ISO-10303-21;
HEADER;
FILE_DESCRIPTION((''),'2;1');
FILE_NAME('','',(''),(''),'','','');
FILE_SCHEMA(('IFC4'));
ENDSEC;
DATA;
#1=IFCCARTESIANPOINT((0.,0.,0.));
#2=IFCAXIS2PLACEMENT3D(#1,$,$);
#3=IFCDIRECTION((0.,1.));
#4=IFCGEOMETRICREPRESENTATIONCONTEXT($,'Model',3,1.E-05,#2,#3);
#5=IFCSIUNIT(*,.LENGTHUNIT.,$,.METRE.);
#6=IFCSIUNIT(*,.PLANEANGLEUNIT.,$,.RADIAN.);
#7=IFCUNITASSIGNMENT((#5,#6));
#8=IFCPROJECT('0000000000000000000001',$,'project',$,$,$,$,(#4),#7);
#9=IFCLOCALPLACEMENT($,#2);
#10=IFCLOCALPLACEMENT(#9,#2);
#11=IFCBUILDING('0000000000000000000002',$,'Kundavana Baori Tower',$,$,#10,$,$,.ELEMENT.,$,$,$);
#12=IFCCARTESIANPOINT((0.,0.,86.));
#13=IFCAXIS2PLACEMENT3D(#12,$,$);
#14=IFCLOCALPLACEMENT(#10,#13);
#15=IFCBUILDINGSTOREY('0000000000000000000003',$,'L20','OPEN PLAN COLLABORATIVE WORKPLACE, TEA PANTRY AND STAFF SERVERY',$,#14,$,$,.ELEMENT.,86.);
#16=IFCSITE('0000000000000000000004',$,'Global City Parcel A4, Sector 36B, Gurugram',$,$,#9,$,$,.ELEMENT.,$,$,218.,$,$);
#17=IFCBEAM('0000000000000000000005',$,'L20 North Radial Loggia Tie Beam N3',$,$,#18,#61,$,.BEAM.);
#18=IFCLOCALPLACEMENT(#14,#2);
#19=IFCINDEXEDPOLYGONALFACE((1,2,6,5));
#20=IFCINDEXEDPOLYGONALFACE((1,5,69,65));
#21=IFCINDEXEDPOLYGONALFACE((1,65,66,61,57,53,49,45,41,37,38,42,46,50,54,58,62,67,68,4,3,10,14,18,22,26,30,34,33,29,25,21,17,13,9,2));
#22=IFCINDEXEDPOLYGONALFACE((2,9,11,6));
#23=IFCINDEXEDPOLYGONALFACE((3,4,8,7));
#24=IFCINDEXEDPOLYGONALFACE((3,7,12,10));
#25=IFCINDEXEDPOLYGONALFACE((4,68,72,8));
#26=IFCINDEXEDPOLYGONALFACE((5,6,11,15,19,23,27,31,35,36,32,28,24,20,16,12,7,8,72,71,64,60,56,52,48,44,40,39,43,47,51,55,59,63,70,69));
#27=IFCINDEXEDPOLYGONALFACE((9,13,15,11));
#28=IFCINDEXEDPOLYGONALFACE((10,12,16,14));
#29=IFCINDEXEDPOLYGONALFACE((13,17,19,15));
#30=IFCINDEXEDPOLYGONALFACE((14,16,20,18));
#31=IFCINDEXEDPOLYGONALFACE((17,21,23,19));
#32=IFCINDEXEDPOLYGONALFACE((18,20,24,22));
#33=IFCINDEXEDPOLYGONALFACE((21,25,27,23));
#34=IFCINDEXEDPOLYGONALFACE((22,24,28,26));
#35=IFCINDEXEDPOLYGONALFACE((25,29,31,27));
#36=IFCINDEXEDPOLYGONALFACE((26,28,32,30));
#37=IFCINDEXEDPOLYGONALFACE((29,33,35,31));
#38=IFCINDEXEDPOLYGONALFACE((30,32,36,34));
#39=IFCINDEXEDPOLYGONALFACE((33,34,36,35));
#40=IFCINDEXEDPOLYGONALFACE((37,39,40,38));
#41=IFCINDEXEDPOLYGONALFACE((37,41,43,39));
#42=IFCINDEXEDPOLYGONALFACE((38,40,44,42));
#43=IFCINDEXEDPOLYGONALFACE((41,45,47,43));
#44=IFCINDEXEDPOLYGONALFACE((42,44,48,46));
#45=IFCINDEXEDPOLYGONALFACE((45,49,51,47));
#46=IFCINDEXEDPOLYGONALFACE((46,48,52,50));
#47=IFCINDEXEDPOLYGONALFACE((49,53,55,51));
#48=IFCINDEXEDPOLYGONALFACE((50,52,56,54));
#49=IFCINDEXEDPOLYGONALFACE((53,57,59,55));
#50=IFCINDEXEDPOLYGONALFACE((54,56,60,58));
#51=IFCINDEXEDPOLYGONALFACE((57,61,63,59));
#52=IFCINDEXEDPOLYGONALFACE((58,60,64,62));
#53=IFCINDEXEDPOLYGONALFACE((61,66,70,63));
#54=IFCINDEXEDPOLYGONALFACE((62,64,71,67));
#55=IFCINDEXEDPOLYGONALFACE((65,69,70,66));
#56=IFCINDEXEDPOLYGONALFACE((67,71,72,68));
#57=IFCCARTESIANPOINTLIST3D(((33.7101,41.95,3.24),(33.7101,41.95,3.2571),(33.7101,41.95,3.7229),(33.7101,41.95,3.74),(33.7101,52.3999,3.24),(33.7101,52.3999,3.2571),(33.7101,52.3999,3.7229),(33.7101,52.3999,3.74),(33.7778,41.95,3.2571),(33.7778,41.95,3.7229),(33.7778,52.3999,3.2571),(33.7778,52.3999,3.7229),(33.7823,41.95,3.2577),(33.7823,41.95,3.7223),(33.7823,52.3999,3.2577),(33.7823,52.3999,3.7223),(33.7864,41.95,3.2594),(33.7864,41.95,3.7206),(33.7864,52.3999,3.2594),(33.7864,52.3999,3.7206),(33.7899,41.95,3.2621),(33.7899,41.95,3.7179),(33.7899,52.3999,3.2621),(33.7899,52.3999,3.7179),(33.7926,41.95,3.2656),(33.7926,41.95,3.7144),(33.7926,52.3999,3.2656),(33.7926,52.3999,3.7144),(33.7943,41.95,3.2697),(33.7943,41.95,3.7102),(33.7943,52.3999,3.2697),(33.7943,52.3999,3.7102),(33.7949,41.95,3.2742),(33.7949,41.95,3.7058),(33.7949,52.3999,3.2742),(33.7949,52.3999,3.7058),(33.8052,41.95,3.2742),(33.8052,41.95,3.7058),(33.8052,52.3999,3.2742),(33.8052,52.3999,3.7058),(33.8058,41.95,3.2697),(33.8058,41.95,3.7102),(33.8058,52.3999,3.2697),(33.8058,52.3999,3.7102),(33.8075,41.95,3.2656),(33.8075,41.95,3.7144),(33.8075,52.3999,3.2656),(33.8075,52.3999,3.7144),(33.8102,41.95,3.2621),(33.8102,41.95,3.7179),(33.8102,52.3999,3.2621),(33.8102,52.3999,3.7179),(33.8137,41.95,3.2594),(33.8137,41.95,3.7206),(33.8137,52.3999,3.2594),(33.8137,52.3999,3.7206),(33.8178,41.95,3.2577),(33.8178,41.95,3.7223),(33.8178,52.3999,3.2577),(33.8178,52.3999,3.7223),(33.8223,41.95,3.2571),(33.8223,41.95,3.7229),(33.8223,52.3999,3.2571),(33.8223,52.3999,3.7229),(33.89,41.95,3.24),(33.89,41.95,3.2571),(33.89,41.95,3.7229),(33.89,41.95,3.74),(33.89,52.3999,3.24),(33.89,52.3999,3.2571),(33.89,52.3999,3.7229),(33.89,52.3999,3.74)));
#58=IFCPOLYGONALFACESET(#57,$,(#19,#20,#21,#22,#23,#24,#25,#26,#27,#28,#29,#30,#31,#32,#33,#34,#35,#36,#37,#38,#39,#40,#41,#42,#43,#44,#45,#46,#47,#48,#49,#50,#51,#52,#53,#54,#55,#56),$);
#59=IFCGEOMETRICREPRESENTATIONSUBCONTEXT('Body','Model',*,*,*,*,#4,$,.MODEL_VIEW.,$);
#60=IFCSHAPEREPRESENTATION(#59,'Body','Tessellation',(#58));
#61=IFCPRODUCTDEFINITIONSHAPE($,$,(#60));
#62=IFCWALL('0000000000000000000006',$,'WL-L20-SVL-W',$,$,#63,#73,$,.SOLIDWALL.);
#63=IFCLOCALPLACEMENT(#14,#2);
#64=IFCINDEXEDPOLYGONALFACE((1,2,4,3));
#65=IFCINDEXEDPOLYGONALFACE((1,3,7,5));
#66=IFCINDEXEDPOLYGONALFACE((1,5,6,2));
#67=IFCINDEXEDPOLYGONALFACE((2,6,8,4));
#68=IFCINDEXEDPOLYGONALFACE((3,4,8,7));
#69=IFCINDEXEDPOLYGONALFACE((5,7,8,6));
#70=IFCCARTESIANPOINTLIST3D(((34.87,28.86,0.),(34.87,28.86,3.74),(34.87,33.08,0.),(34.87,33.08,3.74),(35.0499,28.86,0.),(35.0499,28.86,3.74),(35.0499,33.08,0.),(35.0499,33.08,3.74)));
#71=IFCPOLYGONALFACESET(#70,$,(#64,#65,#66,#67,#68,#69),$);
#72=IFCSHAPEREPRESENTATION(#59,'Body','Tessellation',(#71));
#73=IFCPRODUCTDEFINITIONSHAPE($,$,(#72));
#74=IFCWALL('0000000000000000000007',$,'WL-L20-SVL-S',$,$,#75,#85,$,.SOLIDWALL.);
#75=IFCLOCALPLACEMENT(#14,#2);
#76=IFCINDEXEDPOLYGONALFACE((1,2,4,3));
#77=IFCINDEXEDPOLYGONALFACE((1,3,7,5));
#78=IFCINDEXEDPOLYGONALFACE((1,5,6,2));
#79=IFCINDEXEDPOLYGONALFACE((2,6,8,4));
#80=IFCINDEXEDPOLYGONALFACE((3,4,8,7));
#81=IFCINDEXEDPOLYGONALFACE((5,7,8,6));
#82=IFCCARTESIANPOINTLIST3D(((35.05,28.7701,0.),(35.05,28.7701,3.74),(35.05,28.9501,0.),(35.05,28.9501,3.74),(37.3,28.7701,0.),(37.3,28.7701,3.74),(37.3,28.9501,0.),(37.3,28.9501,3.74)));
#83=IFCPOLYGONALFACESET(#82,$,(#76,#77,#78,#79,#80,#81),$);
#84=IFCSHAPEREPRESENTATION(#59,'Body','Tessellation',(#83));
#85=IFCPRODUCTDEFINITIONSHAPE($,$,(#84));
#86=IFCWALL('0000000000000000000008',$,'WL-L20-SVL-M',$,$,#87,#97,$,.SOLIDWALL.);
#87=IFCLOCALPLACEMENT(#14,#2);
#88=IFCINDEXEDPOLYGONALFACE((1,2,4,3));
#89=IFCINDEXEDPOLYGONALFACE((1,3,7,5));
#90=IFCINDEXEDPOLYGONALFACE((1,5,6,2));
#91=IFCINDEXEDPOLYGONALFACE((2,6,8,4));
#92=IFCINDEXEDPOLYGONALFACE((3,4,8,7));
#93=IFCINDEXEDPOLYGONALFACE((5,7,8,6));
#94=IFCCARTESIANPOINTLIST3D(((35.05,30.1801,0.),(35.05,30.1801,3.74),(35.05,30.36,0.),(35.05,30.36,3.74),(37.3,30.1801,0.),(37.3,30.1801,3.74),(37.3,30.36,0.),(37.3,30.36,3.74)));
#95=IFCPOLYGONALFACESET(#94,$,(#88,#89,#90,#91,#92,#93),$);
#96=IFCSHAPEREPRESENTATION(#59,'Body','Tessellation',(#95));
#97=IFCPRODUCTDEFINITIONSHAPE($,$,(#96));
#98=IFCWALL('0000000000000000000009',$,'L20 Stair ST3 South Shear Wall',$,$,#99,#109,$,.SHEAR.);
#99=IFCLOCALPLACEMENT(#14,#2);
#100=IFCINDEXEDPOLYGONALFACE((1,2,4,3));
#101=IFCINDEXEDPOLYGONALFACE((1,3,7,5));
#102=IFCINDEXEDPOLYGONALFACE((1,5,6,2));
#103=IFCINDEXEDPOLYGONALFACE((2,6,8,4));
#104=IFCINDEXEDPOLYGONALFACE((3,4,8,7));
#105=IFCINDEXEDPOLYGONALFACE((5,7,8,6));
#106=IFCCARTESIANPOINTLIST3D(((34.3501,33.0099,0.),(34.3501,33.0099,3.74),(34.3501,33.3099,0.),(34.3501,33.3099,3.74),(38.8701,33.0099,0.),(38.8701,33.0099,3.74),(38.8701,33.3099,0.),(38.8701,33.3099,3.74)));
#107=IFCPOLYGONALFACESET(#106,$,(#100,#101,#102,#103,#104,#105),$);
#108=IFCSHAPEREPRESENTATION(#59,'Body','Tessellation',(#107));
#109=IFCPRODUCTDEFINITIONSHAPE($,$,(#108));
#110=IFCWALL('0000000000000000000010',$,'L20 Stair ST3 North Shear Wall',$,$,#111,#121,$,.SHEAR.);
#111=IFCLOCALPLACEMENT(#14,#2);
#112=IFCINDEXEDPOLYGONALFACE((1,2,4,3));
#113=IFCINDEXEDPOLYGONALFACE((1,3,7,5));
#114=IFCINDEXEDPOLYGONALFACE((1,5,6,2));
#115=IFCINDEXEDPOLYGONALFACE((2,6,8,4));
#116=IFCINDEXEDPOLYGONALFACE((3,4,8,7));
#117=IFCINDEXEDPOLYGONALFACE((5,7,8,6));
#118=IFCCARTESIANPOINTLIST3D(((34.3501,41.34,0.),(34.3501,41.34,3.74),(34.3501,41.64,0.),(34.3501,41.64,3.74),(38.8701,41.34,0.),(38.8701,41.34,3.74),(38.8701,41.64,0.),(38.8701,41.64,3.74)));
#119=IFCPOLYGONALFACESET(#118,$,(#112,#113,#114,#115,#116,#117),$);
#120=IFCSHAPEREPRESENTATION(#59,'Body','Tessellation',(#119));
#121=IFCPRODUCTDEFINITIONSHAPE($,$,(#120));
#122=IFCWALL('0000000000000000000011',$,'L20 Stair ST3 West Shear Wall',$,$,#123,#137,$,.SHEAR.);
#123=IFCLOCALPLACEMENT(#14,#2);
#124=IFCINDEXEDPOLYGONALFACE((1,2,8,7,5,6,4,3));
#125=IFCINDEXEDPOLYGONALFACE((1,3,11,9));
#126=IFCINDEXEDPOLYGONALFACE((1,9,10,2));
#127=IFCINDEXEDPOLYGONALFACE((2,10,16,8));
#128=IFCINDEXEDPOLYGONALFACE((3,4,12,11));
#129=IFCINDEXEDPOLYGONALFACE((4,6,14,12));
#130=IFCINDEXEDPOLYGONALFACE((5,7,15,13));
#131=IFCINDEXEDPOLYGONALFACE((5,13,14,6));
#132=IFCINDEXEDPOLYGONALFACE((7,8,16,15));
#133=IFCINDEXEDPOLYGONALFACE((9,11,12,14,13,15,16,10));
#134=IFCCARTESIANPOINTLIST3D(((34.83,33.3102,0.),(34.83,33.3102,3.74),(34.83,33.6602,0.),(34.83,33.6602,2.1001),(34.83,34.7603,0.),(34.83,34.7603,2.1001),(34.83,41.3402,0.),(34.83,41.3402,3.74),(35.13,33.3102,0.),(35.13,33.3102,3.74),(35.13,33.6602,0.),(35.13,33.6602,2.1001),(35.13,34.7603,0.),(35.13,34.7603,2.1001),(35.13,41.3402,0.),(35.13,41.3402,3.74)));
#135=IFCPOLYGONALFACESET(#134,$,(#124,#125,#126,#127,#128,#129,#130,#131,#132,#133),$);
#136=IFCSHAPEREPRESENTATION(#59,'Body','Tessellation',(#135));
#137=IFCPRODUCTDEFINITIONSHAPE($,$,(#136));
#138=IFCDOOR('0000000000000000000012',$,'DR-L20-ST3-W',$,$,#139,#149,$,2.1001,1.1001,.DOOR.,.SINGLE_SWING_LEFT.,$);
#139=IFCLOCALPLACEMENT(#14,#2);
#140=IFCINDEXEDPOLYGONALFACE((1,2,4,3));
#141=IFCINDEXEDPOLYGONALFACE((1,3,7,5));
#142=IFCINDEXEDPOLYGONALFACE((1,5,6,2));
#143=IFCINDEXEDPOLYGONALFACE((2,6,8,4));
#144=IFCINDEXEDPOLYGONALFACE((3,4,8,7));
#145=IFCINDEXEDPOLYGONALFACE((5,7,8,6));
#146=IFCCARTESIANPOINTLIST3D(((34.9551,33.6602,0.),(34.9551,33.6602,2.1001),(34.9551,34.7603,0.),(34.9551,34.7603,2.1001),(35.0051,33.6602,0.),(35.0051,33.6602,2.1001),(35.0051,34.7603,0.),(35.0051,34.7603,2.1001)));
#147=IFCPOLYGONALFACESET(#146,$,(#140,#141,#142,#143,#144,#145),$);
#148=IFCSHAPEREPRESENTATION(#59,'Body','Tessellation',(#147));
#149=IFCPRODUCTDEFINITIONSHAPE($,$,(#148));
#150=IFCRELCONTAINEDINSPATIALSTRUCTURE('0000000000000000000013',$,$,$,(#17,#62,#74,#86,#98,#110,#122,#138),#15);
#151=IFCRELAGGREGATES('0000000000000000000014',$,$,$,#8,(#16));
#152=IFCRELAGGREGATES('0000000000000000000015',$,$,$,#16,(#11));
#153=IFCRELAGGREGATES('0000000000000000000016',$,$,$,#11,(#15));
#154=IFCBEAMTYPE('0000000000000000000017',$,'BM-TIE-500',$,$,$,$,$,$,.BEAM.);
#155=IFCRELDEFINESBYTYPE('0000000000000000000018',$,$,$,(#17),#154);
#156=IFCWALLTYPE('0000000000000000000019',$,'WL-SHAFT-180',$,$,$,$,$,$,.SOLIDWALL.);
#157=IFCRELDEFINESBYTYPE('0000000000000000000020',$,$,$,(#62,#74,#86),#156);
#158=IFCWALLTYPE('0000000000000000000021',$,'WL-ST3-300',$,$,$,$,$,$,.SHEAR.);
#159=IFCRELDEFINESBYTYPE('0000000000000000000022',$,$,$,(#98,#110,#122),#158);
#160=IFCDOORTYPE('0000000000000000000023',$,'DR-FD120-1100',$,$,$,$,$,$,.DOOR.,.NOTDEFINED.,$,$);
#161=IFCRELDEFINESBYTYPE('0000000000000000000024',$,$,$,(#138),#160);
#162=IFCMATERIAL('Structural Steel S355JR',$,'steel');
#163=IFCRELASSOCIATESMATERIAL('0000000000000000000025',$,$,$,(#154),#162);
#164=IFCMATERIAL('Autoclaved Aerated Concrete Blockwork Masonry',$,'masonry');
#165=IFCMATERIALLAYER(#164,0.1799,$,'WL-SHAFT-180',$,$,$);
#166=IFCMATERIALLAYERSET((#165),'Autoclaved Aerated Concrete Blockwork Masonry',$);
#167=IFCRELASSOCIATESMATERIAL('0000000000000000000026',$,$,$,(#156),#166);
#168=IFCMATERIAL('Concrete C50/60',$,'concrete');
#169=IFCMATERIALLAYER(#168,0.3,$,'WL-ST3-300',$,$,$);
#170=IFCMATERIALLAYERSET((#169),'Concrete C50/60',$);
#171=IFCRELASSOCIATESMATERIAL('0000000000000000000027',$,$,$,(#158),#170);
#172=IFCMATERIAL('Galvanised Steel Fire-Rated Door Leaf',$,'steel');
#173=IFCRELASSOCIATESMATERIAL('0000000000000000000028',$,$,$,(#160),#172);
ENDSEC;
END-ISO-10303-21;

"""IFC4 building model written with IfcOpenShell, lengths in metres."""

from ifc_helpers import new_model, si_unit, direction, frame, frame_2d, origin, origin_2d, place, context, subcontext, project, spatial, rectangle, i_section, extrude, material, layer, layer_set, material_profile, profile_set, type_object, element, fill, save


model = new_model("IFC4")

# Units and contexts
model_context = context("Model", 3, precision=1e-05, world=origin(), true_north=direction((0.0, 1.0)))
body_context = subcontext(model_context, "Body", "Model", "MODEL_VIEW")
ifc_project = project(units=[si_unit("LENGTHUNIT", "METRE"), si_unit("PLANEANGLEUNIT", "RADIAN")], contexts=[model_context])

# Site, building, storey
site_placement = place(None, origin())
site = spatial("IfcSite", under=ifc_project, at=site_placement, Name="Global City Parcel A4, Sector 36B, Gurugram", CompositionType="ELEMENT", RefElevation=218.0)
building_placement = place(site_placement, origin())
building = spatial("IfcBuilding", under=site, at=building_placement, Name="Kundavana Baori Tower", CompositionType="ELEMENT")
storey_placement = place(building_placement, frame((0.0, 0.0, 86.0)))
storey = spatial("IfcBuildingStorey", under=building, at=storey_placement, Name="L20", Description="OPEN PLAN COLLABORATIVE WORKPLACE, TEA PANTRY AND STAFF SERVERY", CompositionType="ELEMENT", Elevation=86.0)

# Beam
ifc_material_1 = material(Name="Structural Steel S355JR", Category="steel")
ifc_material_profile_1 = material_profile(ifc_material_1, i_section(OverallWidth=0.1799, OverallDepth=0.5, WebThickness=0.0103, FlangeThickness=0.0171, FilletRadius=0.0171, at=origin_2d()), Name="ISMB 500")
ifc_profile_set_1 = profile_set([ifc_material_profile_1], Name="Structural Steel S355JR")
beam_type_1 = type_object("IfcBeamType", Name="BM-TIE-500", PredefinedType="BEAM", material=ifc_profile_set_1)
for number, where, z_axis, x_axis, name in (
    (1, (33.8, 41.95, 3.49), (0.0, 1.0, 0.0), (-1.0, 0.0, 0.0), "L20 North Radial Loggia Tie Beam N3"),
):
    element("IfcBeam", number, at=place(storey_placement, frame(where, z_axis=z_axis, x_axis=x_axis)), inside=storey, type_object=beam_type_1, Name=name, PredefinedType="BEAM", context=body_context, shape_type="SweptSolid", body=[
        extrude(i_section(OverallWidth=0.1799, OverallDepth=0.5, WebThickness=0.0103, FlangeThickness=0.0171, FilletRadius=0.0171, at=origin_2d()), origin(), (0.0, 0.0, 1.0), 10.45),
    ])

# Walls
ifc_material_2 = material(Name="Autoclaved Aerated Concrete Blockwork Masonry", Category="masonry")
ifc_layer_1 = layer(ifc_material_2, 0.1799, Name="WL-SHAFT-180")
ifc_layer_set_1 = layer_set([ifc_layer_1], Name="Autoclaved Aerated Concrete Blockwork Masonry")
wall_type_1 = type_object("IfcWallType", Name="WL-SHAFT-180", PredefinedType="SOLIDWALL", material=ifc_layer_set_1)
wall_1_placement = place(storey_placement, frame((34.96, 28.8601, 0.0), z_axis=(0.0, 0.0, 1.0), x_axis=(0.0, 1.0, 0.0)))
element("IfcWall", 2, at=wall_1_placement, inside=storey, type_object=wall_type_1, Name="WL-L20-SVL-W", PredefinedType="SOLIDWALL", context=body_context, shape_type="SweptSolid", body=[
    extrude(rectangle(XDim=4.22, YDim=0.1799, at=frame_2d((2.1099, 0.0))), origin(), (0.0, 0.0, 1.0), 3.74),
])
for number, where, z_axis, x_axis, name in (
    (3, (35.05, 28.8601, 0.0), (0.0, 0.0, 1.0), (1.0, 0.0, 0.0), "WL-L20-SVL-S"),
    (4, (35.05, 30.27, 0.0), (0.0, 0.0, 1.0), (1.0, 0.0, 0.0), "WL-L20-SVL-M"),
):
    element("IfcWall", number, at=place(storey_placement, frame(where, z_axis=z_axis, x_axis=x_axis)), inside=storey, type_object=wall_type_1, Name=name, PredefinedType="SOLIDWALL", context=body_context, shape_type="SweptSolid", body=[
        extrude(rectangle(XDim=2.25, YDim=0.1799, at=frame_2d((1.125, 0.0))), origin(), (0.0, 0.0, 1.0), 3.74),
    ])
ifc_material_3 = material(Name="Concrete C50/60", Category="concrete")
ifc_layer_2 = layer(ifc_material_3, 0.3, Name="WL-ST3-300")
ifc_layer_set_2 = layer_set([ifc_layer_2], Name="Concrete C50/60")
wall_type_2 = type_object("IfcWallType", Name="WL-ST3-300", PredefinedType="SHEAR", material=ifc_layer_set_2)
for number, where, z_axis, x_axis, name in (
    (5, (34.3501, 33.1599, 0.0), (0.0, 0.0, 1.0), (1.0, 0.0, 0.0), "L20 Stair ST3 South Shear Wall"),
    (6, (34.3501, 41.49, 0.0), (0.0, 0.0, 1.0), (1.0, 0.0, 0.0), "L20 Stair ST3 North Shear Wall"),
):
    element("IfcWall", number, at=place(storey_placement, frame(where, z_axis=z_axis, x_axis=x_axis)), inside=storey, type_object=wall_type_2, Name=name, PredefinedType="SHEAR", context=body_context, shape_type="SweptSolid", body=[
        extrude(rectangle(XDim=4.52, YDim=0.3, at=frame_2d((2.26, 0.0))), origin(), (0.0, 0.0, 1.0), 3.74),
    ])

# Wall, opening, door
wall_2_placement = place(storey_placement, frame((34.98, 33.3101, 0.0), z_axis=(0.0, 0.0, 1.0), x_axis=(0.0, 1.0, 0.0)))
wall_2 = element("IfcWall", 7, at=wall_2_placement, inside=storey, type_object=wall_type_2, Name="L20 Stair ST3 West Shear Wall", PredefinedType="SHEAR", context=body_context, shape_type="SweptSolid", body=[
    extrude(rectangle(XDim=8.03, YDim=0.3, at=frame_2d((4.0151, 0.0))), origin(), (0.0, 0.0, 1.0), 3.74),
])
opening_1_placement = place(wall_2_placement, frame((0.3501, 0.0, 0.0)))
opening_1 = element("IfcOpeningElement", 8, at=opening_1_placement, cuts=wall_2, PredefinedType="OPENING", context=body_context, shape_type="SweptSolid", body=[
    extrude(rectangle(XDim=1.1001, YDim=2.1001, at=frame_2d((0.55, 1.05))), frame((0.0, 0.1602, 0.0), z_axis=(0.0, -1.0, 0.0), x_axis=(1.0, 0.0, 0.0)), (0.0, 0.0, 1.0), 0.3201),
])
ifc_material_4 = material(Name="Galvanised Steel Fire-Rated Door Leaf", Category="steel")
door_type_1 = type_object("IfcDoorType", Name="DR-FD120-1100", OperationType="NOTDEFINED", PredefinedType="DOOR", material=ifc_material_4)
door_1_placement = place(opening_1_placement, origin())
door_1 = element("IfcDoor", 9, at=door_1_placement, inside=storey, type_object=door_type_1, Name="DR-L20-ST3-W", OperationType="SINGLE_SWING_LEFT", OverallHeight=2.1001, OverallWidth=1.1001, PredefinedType="DOOR", context=body_context, shape_type="SweptSolid", body=[
    extrude(rectangle(XDim=1.1001, YDim=2.1001, at=frame_2d((0.55, 1.05))), frame((0.0, 0.0249, 0.0), z_axis=(0.0, -1.0, 0.0), x_axis=(1.0, 0.0, 0.0)), (0.0, 0.0, 1.0), 0.05),
])
fill(opening_1, door_1)

save(model, "model.ifc")
